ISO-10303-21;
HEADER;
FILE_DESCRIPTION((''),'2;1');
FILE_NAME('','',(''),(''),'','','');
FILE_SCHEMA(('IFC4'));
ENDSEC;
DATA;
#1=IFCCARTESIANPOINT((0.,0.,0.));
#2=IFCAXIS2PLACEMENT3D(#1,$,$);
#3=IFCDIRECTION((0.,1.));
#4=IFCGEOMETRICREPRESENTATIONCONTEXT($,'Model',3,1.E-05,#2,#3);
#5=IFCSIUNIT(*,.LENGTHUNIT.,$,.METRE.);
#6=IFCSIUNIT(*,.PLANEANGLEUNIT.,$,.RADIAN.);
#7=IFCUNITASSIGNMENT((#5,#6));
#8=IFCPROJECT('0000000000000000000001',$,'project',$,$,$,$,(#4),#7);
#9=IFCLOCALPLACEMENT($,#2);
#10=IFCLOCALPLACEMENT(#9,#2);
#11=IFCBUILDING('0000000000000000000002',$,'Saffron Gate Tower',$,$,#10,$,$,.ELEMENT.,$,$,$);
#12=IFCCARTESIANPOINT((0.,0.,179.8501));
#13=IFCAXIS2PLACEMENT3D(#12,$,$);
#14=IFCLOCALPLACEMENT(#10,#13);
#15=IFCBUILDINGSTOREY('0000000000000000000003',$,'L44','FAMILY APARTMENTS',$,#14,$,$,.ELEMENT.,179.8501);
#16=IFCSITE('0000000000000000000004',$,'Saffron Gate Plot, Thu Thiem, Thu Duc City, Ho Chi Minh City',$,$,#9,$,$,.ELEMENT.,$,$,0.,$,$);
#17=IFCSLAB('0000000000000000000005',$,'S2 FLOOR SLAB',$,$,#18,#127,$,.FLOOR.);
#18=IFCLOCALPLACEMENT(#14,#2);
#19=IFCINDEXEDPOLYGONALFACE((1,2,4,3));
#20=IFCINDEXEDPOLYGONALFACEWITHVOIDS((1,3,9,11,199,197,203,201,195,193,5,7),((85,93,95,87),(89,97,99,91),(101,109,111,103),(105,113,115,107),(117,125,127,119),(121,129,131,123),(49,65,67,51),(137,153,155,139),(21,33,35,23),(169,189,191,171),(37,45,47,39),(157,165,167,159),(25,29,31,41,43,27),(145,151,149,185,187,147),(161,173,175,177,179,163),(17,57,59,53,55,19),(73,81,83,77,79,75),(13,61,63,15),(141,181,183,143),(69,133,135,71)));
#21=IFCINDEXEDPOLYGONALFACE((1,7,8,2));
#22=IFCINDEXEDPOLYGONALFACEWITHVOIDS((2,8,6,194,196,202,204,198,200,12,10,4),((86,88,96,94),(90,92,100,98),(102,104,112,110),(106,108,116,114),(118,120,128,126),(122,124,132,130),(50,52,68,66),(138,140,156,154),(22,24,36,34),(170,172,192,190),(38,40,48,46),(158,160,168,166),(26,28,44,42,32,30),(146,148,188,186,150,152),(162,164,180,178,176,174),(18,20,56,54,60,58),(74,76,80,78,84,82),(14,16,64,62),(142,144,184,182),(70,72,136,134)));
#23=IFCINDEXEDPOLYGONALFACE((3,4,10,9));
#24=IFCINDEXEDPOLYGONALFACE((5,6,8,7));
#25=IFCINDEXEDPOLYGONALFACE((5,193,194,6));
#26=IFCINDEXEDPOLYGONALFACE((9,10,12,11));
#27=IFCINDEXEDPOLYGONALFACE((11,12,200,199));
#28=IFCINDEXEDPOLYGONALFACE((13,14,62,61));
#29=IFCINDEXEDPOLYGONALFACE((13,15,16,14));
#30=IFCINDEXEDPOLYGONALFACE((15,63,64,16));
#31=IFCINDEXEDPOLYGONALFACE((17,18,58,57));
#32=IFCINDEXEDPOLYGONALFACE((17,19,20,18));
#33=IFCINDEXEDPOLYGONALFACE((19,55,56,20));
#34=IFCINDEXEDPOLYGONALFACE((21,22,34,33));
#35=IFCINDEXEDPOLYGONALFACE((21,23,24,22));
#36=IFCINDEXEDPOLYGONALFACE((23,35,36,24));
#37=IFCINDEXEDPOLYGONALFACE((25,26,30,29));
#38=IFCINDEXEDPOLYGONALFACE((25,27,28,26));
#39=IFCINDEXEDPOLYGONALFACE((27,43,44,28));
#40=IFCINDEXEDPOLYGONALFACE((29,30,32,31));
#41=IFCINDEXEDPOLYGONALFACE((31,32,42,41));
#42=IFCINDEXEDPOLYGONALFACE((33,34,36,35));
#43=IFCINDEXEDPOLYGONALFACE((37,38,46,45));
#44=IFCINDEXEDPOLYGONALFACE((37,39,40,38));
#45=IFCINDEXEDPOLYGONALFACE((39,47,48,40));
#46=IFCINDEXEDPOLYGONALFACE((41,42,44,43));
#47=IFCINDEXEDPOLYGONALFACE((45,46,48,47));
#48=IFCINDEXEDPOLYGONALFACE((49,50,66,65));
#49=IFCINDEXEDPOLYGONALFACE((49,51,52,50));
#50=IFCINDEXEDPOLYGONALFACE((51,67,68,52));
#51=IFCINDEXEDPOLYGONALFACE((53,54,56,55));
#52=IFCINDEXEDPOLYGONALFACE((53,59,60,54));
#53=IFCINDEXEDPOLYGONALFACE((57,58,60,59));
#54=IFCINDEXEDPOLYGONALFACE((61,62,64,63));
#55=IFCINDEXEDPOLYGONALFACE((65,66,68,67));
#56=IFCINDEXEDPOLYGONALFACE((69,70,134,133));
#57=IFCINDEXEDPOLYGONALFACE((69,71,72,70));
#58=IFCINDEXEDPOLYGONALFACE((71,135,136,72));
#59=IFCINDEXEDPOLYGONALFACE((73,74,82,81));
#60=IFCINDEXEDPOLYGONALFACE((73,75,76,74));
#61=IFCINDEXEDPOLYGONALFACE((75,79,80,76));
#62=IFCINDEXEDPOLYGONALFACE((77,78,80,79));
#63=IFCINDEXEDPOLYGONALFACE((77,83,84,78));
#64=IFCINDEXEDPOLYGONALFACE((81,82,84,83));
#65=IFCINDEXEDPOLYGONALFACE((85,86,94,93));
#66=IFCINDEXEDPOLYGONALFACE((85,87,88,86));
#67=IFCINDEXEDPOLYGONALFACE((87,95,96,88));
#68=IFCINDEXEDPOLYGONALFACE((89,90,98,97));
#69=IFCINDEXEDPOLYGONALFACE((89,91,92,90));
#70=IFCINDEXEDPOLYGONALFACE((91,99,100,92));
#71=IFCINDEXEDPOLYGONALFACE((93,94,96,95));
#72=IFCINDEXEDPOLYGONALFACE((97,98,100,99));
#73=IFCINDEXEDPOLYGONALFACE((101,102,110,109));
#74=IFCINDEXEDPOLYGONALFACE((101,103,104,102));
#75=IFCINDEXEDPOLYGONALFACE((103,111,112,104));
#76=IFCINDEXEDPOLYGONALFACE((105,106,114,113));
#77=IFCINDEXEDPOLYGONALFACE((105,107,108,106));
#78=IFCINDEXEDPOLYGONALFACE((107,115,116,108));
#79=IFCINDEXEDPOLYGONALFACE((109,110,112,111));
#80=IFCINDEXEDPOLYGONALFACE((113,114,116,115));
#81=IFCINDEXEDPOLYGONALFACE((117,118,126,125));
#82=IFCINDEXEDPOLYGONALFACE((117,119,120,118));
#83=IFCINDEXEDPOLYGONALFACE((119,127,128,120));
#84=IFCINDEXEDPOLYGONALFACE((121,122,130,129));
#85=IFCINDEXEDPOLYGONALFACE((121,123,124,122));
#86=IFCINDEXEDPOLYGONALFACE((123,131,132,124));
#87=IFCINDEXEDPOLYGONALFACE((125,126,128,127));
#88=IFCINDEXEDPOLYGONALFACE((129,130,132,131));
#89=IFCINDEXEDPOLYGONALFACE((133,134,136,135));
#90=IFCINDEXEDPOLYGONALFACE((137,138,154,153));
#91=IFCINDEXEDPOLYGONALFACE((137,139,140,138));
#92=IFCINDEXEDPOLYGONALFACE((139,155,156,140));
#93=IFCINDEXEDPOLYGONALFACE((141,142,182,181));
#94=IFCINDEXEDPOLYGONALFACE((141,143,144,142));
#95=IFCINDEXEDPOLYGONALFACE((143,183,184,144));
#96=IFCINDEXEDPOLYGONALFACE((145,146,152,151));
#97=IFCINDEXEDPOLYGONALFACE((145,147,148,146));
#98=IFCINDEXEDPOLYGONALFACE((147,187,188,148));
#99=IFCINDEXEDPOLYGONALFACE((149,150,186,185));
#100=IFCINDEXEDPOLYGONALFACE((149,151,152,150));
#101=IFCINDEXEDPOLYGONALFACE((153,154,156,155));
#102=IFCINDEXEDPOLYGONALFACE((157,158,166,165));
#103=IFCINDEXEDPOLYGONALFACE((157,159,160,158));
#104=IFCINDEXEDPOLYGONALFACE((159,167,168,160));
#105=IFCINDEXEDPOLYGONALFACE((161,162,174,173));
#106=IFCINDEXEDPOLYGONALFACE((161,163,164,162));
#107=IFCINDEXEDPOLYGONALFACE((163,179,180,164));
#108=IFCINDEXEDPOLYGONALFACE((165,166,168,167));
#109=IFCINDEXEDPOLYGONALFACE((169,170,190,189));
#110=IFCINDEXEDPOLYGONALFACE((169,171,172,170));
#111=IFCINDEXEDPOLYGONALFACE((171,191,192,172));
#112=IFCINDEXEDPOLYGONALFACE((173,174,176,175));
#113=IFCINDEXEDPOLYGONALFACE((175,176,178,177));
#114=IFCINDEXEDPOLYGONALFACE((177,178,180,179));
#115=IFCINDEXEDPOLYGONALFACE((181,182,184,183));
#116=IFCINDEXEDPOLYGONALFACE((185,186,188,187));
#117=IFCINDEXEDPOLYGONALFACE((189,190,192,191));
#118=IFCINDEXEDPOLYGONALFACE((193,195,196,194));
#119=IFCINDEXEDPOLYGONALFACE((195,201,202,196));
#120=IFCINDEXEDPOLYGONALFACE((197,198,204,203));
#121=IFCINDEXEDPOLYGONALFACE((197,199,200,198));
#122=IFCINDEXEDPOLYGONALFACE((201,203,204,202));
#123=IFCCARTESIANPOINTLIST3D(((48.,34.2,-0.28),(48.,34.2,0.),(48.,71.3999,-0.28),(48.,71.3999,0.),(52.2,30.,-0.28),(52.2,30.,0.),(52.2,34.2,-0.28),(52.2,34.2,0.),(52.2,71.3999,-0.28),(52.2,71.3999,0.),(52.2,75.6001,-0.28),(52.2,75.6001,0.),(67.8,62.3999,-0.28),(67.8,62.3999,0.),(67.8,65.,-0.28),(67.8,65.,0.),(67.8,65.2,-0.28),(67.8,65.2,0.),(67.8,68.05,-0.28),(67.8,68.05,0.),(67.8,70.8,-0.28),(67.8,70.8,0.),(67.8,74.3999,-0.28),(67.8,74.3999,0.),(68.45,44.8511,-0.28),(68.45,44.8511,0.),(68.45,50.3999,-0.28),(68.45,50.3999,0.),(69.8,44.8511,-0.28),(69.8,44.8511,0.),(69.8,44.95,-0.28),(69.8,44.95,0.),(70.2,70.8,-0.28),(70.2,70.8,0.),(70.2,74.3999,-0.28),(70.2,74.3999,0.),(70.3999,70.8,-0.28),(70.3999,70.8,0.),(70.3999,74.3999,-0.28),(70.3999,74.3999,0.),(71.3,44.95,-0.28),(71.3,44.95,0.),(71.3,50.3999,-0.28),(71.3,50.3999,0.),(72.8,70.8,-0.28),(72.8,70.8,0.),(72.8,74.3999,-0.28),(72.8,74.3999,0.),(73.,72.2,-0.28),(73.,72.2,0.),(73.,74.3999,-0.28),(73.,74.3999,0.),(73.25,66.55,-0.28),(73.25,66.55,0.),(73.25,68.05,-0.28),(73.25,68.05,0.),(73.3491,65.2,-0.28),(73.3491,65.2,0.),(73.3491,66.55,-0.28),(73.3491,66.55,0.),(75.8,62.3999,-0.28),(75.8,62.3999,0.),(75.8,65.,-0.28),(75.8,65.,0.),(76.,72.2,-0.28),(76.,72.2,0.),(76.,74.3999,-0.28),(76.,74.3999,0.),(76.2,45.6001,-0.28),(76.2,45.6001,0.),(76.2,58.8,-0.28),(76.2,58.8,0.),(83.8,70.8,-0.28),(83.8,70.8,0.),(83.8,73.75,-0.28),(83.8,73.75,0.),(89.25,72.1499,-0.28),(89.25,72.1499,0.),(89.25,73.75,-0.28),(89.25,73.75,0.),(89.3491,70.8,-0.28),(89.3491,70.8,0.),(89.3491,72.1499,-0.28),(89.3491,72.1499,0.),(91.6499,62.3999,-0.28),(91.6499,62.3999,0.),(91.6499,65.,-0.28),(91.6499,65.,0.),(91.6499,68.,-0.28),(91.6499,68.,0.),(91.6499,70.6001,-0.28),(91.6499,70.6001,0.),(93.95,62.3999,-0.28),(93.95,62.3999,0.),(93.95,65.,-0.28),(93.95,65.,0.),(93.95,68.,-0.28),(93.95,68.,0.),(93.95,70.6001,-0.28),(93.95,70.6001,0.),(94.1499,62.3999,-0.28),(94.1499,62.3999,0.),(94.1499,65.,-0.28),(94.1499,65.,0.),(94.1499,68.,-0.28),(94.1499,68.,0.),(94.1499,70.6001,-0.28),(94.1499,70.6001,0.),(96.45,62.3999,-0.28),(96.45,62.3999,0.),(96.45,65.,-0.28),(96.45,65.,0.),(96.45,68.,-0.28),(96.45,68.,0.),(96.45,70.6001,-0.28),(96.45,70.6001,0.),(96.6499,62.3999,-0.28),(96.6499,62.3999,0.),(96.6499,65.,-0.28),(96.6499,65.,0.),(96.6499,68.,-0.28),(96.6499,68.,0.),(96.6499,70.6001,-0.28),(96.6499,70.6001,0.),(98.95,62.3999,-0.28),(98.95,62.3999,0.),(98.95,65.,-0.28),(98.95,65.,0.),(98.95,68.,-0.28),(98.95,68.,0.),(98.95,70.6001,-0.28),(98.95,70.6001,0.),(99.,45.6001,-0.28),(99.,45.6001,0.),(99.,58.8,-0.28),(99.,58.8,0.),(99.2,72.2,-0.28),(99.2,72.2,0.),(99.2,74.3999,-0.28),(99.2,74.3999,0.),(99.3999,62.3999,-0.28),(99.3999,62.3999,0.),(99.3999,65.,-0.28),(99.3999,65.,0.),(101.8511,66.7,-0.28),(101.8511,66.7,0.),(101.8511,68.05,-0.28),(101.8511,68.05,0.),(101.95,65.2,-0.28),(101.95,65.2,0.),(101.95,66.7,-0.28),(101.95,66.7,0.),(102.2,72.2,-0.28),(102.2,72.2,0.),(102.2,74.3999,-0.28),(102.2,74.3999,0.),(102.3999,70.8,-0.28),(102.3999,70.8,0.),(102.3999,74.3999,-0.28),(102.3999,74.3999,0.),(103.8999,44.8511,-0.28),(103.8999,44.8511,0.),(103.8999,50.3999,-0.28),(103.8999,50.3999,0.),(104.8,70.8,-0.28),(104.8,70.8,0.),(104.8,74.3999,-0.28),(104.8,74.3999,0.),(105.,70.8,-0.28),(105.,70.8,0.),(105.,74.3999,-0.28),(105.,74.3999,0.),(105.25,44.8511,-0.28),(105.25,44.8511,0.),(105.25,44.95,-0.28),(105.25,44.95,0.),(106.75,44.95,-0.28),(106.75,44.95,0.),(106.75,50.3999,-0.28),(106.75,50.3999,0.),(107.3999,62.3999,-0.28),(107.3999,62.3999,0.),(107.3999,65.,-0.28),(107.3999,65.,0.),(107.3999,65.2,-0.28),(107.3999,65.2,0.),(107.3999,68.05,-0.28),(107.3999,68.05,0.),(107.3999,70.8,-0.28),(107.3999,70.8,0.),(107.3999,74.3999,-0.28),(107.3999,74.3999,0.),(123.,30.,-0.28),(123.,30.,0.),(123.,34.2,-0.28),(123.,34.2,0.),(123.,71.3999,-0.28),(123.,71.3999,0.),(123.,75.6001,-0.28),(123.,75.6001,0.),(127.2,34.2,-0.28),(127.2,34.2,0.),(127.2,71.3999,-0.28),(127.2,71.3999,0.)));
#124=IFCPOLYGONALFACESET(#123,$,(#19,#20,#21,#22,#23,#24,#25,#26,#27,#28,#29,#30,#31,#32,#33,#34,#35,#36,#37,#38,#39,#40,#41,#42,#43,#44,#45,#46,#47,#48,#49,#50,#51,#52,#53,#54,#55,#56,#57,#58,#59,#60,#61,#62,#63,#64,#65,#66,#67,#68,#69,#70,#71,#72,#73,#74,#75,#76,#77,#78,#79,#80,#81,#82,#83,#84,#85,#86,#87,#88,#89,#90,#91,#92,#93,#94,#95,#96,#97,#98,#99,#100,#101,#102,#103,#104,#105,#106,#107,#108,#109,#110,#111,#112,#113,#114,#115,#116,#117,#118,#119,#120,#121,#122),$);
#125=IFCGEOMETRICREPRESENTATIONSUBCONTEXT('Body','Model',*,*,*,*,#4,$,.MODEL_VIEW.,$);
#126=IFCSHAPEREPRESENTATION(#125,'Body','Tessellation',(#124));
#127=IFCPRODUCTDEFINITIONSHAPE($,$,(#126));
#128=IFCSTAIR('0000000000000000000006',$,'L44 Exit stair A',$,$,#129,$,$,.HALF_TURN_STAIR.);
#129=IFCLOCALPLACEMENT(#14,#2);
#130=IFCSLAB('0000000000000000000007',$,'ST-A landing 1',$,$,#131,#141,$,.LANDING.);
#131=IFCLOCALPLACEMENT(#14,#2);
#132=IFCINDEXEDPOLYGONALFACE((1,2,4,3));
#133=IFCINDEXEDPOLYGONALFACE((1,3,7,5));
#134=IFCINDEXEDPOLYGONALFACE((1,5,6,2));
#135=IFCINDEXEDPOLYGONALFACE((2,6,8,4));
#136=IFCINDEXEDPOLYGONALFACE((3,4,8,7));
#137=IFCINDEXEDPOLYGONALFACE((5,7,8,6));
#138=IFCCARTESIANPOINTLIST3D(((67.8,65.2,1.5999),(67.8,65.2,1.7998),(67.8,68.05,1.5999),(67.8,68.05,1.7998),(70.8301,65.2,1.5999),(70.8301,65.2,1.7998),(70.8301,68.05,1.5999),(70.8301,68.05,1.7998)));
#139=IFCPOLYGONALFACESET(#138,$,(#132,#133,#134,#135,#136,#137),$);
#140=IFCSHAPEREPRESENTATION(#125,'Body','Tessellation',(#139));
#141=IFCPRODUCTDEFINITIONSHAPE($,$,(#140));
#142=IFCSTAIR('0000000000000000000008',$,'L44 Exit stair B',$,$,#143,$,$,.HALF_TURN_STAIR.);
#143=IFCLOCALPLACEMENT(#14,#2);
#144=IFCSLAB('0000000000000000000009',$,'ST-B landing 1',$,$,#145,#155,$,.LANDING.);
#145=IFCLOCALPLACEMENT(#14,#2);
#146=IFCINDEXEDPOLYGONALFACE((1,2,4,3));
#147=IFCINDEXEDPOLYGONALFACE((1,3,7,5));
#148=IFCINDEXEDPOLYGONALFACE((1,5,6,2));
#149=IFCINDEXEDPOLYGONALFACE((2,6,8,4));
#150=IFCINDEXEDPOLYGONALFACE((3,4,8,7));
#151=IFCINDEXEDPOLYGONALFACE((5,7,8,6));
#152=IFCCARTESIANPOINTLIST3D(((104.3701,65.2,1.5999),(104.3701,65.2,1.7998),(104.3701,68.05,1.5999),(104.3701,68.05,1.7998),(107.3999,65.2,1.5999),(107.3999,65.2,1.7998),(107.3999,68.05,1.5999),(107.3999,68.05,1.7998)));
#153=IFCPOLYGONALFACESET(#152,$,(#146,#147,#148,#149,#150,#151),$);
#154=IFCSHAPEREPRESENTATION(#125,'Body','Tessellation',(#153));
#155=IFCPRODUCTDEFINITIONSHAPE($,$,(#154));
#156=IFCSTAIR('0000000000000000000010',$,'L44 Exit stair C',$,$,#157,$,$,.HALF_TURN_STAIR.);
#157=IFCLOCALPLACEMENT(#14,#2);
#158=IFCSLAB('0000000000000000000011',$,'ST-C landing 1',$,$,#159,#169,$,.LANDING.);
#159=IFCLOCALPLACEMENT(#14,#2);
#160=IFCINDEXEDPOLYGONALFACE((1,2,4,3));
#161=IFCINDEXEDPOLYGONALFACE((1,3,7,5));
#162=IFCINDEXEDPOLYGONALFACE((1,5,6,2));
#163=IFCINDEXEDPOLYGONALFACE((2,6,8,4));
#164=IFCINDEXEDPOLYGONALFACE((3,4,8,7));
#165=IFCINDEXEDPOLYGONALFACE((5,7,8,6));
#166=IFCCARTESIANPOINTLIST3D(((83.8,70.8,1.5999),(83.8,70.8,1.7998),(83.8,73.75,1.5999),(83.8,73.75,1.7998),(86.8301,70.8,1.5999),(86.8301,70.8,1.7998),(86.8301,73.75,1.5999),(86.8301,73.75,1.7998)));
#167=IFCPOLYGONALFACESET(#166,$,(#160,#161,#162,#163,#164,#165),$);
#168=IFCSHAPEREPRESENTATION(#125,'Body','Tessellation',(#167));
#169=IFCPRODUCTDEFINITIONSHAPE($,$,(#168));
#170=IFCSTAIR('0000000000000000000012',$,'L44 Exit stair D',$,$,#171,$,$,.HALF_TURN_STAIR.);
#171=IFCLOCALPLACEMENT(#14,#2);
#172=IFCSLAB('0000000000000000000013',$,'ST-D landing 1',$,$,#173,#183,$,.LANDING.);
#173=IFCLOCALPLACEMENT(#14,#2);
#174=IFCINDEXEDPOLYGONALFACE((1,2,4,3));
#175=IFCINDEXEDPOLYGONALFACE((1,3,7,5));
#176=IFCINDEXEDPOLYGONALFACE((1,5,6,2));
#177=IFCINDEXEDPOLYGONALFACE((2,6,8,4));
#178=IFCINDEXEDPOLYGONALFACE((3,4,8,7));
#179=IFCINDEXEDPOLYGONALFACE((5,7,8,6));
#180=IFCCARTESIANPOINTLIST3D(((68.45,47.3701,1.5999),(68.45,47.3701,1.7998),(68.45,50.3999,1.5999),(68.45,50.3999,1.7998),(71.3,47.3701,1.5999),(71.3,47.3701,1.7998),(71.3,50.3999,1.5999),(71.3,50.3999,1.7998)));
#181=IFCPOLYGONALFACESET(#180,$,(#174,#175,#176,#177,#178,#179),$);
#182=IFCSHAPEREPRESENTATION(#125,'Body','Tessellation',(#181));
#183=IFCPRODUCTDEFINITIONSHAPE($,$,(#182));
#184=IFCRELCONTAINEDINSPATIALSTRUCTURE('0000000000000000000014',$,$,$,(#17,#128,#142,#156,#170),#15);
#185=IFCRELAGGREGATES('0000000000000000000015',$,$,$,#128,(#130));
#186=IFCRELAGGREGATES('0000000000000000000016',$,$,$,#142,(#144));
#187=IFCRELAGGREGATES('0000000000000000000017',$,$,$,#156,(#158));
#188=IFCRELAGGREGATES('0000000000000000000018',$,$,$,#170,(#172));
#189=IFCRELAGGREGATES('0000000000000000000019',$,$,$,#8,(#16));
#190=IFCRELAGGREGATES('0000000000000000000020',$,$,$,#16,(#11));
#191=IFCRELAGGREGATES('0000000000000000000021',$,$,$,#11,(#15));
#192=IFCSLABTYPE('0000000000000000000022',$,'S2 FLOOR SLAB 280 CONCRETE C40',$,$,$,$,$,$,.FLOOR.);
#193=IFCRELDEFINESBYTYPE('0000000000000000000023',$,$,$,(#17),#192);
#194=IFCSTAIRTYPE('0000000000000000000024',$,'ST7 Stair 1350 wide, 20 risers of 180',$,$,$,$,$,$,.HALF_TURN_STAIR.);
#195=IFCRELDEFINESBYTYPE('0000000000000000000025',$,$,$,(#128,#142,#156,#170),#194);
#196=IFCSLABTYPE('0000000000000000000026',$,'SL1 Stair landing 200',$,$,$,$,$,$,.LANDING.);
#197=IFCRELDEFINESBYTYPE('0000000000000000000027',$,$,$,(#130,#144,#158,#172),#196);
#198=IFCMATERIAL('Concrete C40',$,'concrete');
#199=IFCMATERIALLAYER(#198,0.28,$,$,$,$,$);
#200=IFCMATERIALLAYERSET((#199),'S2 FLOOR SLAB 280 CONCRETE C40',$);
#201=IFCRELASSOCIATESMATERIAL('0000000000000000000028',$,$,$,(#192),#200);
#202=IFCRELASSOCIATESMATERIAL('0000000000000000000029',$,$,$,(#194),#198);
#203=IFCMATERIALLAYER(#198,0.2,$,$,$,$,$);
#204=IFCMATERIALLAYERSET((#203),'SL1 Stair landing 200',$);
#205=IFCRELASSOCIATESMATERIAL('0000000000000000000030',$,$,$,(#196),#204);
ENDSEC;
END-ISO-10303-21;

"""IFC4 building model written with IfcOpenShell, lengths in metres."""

from ifc_helpers import new_model, si_unit, direction, frame, origin, place, context, subcontext, project, spatial, polyline, outline, extrude, material, layer, layer_set, type_object, element, aggregate, save


model = new_model("IFC4")

# Units and contexts
model_context = context("Model", 3, precision=1e-05, world=origin(), true_north=direction((0.0, 1.0)))
body_context = subcontext(model_context, "Body", "Model", "MODEL_VIEW")
ifc_project = project(units=[si_unit("LENGTHUNIT", "METRE"), si_unit("PLANEANGLEUNIT", "RADIAN")], contexts=[model_context])

# Site, building, storey
site_placement = place(None, origin())
site = spatial("IfcSite", under=ifc_project, at=site_placement, Name="Saffron Gate Plot, Thu Thiem, Thu Duc City, Ho Chi Minh City", CompositionType="ELEMENT", RefElevation=0.0)
building_placement = place(site_placement, origin())
building = spatial("IfcBuilding", under=site, at=building_placement, Name="Saffron Gate Tower", CompositionType="ELEMENT")
storey_placement = place(building_placement, frame((0.0, 0.0, 179.8501)))
storey = spatial("IfcBuildingStorey", under=building, at=storey_placement, Name="L44", Description="FAMILY APARTMENTS", CompositionType="ELEMENT", Elevation=179.8501)

# Slab
ifc_material_1 = material(Name="Concrete C40", Category="concrete")
ifc_layer_1 = layer(ifc_material_1, 0.28)
ifc_layer_set_1 = layer_set([ifc_layer_1], Name="S2 FLOOR SLAB 280 CONCRETE C40")
slab_type_1 = type_object("IfcSlabType", Name="S2 FLOOR SLAB 280 CONCRETE C40", PredefinedType="FLOOR", material=ifc_layer_set_1)
slab_1_placement = place(storey_placement, frame((0.0, 0.0, -0.28)))
element("IfcSlab", 1, at=slab_1_placement, inside=storey, type_object=slab_type_1, Name="S2 FLOOR SLAB", PredefinedType="FLOOR", context=body_context, shape_type="SweptSolid", body=[
    extrude(outline(polyline([(48.0, 34.2), (52.2, 34.2), (52.2, 30.0), (123.0, 30.0), (123.0, 34.2), (127.2, 34.2), (127.2, 71.3999), (123.0, 71.3999), (123.0, 75.6001), (52.2, 75.6001), (52.2, 71.3999), (48.0, 71.3999), (48.0, 34.2)]), holes=[polyline([(67.8, 62.3999), (67.8, 65.0), (75.8, 65.0), (75.8, 62.3999), (67.8, 62.3999)]), polyline([(67.8, 65.2), (67.8, 68.05), (73.25, 68.05), (73.25, 66.55), (73.3491, 66.55), (73.3491, 65.2), (67.8, 65.2)]), polyline([(67.8, 70.8), (67.8, 74.3999), (70.2, 74.3999), (70.2, 70.8), (67.8, 70.8)]), polyline([(68.45, 44.8511), (68.45, 50.3999), (71.3, 50.3999), (71.3, 44.95), (69.8, 44.95), (69.8, 44.8511), (68.45, 44.8511)]), polyline([(70.3999, 70.8), (70.3999, 74.3999), (72.8, 74.3999), (72.8, 70.8), (70.3999, 70.8)]), polyline([(73.0, 72.2), (73.0, 74.3999), (76.0, 74.3999), (76.0, 72.2), (73.0, 72.2)]), polyline([(76.2, 45.6001), (76.2, 58.8), (99.0, 58.8), (99.0, 45.6001), (76.2, 45.6001)]), polyline([(83.8, 70.8), (83.8, 73.75), (89.25, 73.75), (89.25, 72.1499), (89.3491, 72.1499), (89.3491, 70.8), (83.8, 70.8)]), polyline([(91.6499, 62.3999), (91.6499, 65.0), (93.95, 65.0), (93.95, 62.3999), (91.6499, 62.3999)]), polyline([(91.6499, 68.0), (91.6499, 70.6001), (93.95, 70.6001), (93.95, 68.0), (91.6499, 68.0)]), polyline([(94.1499, 62.3999), (94.1499, 65.0), (96.45, 65.0), (96.45, 62.3999), (94.1499, 62.3999)]), polyline([(94.1499, 68.0), (94.1499, 70.6001), (96.45, 70.6001), (96.45, 68.0), (94.1499, 68.0)]), polyline([(96.6499, 62.3999), (96.6499, 65.0), (98.95, 65.0), (98.95, 62.3999), (96.6499, 62.3999)]), polyline([(96.6499, 68.0), (96.6499, 70.6001), (98.95, 70.6001), (98.95, 68.0), (96.6499, 68.0)]), polyline([(99.2, 72.2), (99.2, 74.3999), (102.2, 74.3999), (102.2, 72.2), (99.2, 72.2)]), polyline([(99.3999, 62.3999), (99.3999, 65.0), (107.3999, 65.0), (107.3999, 62.3999), (99.3999, 62.3999)]), polyline([(101.8511, 66.7), (101.8511, 68.05), (107.3999, 68.05), (107.3999, 65.2), (101.95, 65.2), (101.95, 66.7), (101.8511, 66.7)]), polyline([(102.3999, 70.8), (102.3999, 74.3999), (104.8, 74.3999), (104.8, 70.8), (102.3999, 70.8)]), polyline([(103.8999, 44.8511), (103.8999, 50.3999), (106.75, 50.3999), (106.75, 44.95), (105.25, 44.95), (105.25, 44.8511), (103.8999, 44.8511)]), polyline([(105.0, 70.8), (105.0, 74.3999), (107.3999, 74.3999), (107.3999, 70.8), (105.0, 70.8)])]), origin(), (0.0, 0.0, 1.0), 0.28),
])

# Stairs, slabs
stair_type = type_object("IfcStairType", Name="ST7 Stair 1350 wide, 20 risers of 180", PredefinedType="HALF_TURN_STAIR", material=ifc_material_1)
stair_1_placement = place(storey_placement, origin())
stair_1 = element("IfcStair", 2, at=stair_1_placement, inside=storey, type_object=stair_type, Name="L44 Exit stair A", PredefinedType="HALF_TURN_STAIR")
ifc_layer_2 = layer(ifc_material_1, 0.2)
ifc_layer_set_2 = layer_set([ifc_layer_2], Name="SL1 Stair landing 200")
slab_type_2 = type_object("IfcSlabType", Name="SL1 Stair landing 200", PredefinedType="LANDING", material=ifc_layer_set_2)
slab_2_placement = place(storey_placement, frame((0.0, 0.0, 1.5999)))
slab_2 = element("IfcSlab", 3, at=slab_2_placement, type_object=slab_type_2, Name="ST-A landing 1", PredefinedType="LANDING", context=body_context, shape_type="SweptSolid", body=[
    extrude(outline(polyline([(70.8301, 68.05), (67.8, 68.05), (67.8, 65.2), (70.8301, 65.2), (70.8301, 68.05)])), origin(), (0.0, 0.0, 1.0), 0.2),
])
aggregate(stair_1, [slab_2])
stair_2_placement = place(storey_placement, origin())
stair_2 = element("IfcStair", 4, at=stair_2_placement, inside=storey, type_object=stair_type, Name="L44 Exit stair B", PredefinedType="HALF_TURN_STAIR")
slab_3_placement = place(storey_placement, frame((0.0, 0.0, 1.5999)))
slab_3 = element("IfcSlab", 5, at=slab_3_placement, type_object=slab_type_2, Name="ST-B landing 1", PredefinedType="LANDING", context=body_context, shape_type="SweptSolid", body=[
    extrude(outline(polyline([(104.3701, 65.2), (107.3999, 65.2), (107.3999, 68.05), (104.3701, 68.05), (104.3701, 65.2)])), origin(), (0.0, 0.0, 1.0), 0.2),
])
aggregate(stair_2, [slab_3])
stair_3_placement = place(storey_placement, origin())
stair_3 = element("IfcStair", 6, at=stair_3_placement, inside=storey, type_object=stair_type, Name="L44 Exit stair C", PredefinedType="HALF_TURN_STAIR")
slab_4_placement = place(storey_placement, frame((0.0, 0.0, 1.5999)))
slab_4 = element("IfcSlab", 7, at=slab_4_placement, type_object=slab_type_2, Name="ST-C landing 1", PredefinedType="LANDING", context=body_context, shape_type="SweptSolid", body=[
    extrude(outline(polyline([(86.8301, 73.75), (83.8, 73.75), (83.8, 70.8), (86.8301, 70.8), (86.8301, 73.75)])), origin(), (0.0, 0.0, 1.0), 0.2),
])
aggregate(stair_3, [slab_4])
stair_4_placement = place(storey_placement, origin())
stair_4 = element("IfcStair", 8, at=stair_4_placement, inside=storey, type_object=stair_type, Name="L44 Exit stair D", PredefinedType="HALF_TURN_STAIR")
slab_5_placement = place(storey_placement, frame((0.0, 0.0, 1.5999)))
slab_5 = element("IfcSlab", 9, at=slab_5_placement, type_object=slab_type_2, Name="ST-D landing 1", PredefinedType="LANDING", context=body_context, shape_type="SweptSolid", body=[
    extrude(outline(polyline([(71.3, 47.3701), (71.3, 50.3999), (68.45, 50.3999), (68.45, 47.3701), (71.3, 47.3701)])), origin(), (0.0, 0.0, 1.0), 0.2),
])
aggregate(stair_4, [slab_5])

save(model, "model.ifc")
